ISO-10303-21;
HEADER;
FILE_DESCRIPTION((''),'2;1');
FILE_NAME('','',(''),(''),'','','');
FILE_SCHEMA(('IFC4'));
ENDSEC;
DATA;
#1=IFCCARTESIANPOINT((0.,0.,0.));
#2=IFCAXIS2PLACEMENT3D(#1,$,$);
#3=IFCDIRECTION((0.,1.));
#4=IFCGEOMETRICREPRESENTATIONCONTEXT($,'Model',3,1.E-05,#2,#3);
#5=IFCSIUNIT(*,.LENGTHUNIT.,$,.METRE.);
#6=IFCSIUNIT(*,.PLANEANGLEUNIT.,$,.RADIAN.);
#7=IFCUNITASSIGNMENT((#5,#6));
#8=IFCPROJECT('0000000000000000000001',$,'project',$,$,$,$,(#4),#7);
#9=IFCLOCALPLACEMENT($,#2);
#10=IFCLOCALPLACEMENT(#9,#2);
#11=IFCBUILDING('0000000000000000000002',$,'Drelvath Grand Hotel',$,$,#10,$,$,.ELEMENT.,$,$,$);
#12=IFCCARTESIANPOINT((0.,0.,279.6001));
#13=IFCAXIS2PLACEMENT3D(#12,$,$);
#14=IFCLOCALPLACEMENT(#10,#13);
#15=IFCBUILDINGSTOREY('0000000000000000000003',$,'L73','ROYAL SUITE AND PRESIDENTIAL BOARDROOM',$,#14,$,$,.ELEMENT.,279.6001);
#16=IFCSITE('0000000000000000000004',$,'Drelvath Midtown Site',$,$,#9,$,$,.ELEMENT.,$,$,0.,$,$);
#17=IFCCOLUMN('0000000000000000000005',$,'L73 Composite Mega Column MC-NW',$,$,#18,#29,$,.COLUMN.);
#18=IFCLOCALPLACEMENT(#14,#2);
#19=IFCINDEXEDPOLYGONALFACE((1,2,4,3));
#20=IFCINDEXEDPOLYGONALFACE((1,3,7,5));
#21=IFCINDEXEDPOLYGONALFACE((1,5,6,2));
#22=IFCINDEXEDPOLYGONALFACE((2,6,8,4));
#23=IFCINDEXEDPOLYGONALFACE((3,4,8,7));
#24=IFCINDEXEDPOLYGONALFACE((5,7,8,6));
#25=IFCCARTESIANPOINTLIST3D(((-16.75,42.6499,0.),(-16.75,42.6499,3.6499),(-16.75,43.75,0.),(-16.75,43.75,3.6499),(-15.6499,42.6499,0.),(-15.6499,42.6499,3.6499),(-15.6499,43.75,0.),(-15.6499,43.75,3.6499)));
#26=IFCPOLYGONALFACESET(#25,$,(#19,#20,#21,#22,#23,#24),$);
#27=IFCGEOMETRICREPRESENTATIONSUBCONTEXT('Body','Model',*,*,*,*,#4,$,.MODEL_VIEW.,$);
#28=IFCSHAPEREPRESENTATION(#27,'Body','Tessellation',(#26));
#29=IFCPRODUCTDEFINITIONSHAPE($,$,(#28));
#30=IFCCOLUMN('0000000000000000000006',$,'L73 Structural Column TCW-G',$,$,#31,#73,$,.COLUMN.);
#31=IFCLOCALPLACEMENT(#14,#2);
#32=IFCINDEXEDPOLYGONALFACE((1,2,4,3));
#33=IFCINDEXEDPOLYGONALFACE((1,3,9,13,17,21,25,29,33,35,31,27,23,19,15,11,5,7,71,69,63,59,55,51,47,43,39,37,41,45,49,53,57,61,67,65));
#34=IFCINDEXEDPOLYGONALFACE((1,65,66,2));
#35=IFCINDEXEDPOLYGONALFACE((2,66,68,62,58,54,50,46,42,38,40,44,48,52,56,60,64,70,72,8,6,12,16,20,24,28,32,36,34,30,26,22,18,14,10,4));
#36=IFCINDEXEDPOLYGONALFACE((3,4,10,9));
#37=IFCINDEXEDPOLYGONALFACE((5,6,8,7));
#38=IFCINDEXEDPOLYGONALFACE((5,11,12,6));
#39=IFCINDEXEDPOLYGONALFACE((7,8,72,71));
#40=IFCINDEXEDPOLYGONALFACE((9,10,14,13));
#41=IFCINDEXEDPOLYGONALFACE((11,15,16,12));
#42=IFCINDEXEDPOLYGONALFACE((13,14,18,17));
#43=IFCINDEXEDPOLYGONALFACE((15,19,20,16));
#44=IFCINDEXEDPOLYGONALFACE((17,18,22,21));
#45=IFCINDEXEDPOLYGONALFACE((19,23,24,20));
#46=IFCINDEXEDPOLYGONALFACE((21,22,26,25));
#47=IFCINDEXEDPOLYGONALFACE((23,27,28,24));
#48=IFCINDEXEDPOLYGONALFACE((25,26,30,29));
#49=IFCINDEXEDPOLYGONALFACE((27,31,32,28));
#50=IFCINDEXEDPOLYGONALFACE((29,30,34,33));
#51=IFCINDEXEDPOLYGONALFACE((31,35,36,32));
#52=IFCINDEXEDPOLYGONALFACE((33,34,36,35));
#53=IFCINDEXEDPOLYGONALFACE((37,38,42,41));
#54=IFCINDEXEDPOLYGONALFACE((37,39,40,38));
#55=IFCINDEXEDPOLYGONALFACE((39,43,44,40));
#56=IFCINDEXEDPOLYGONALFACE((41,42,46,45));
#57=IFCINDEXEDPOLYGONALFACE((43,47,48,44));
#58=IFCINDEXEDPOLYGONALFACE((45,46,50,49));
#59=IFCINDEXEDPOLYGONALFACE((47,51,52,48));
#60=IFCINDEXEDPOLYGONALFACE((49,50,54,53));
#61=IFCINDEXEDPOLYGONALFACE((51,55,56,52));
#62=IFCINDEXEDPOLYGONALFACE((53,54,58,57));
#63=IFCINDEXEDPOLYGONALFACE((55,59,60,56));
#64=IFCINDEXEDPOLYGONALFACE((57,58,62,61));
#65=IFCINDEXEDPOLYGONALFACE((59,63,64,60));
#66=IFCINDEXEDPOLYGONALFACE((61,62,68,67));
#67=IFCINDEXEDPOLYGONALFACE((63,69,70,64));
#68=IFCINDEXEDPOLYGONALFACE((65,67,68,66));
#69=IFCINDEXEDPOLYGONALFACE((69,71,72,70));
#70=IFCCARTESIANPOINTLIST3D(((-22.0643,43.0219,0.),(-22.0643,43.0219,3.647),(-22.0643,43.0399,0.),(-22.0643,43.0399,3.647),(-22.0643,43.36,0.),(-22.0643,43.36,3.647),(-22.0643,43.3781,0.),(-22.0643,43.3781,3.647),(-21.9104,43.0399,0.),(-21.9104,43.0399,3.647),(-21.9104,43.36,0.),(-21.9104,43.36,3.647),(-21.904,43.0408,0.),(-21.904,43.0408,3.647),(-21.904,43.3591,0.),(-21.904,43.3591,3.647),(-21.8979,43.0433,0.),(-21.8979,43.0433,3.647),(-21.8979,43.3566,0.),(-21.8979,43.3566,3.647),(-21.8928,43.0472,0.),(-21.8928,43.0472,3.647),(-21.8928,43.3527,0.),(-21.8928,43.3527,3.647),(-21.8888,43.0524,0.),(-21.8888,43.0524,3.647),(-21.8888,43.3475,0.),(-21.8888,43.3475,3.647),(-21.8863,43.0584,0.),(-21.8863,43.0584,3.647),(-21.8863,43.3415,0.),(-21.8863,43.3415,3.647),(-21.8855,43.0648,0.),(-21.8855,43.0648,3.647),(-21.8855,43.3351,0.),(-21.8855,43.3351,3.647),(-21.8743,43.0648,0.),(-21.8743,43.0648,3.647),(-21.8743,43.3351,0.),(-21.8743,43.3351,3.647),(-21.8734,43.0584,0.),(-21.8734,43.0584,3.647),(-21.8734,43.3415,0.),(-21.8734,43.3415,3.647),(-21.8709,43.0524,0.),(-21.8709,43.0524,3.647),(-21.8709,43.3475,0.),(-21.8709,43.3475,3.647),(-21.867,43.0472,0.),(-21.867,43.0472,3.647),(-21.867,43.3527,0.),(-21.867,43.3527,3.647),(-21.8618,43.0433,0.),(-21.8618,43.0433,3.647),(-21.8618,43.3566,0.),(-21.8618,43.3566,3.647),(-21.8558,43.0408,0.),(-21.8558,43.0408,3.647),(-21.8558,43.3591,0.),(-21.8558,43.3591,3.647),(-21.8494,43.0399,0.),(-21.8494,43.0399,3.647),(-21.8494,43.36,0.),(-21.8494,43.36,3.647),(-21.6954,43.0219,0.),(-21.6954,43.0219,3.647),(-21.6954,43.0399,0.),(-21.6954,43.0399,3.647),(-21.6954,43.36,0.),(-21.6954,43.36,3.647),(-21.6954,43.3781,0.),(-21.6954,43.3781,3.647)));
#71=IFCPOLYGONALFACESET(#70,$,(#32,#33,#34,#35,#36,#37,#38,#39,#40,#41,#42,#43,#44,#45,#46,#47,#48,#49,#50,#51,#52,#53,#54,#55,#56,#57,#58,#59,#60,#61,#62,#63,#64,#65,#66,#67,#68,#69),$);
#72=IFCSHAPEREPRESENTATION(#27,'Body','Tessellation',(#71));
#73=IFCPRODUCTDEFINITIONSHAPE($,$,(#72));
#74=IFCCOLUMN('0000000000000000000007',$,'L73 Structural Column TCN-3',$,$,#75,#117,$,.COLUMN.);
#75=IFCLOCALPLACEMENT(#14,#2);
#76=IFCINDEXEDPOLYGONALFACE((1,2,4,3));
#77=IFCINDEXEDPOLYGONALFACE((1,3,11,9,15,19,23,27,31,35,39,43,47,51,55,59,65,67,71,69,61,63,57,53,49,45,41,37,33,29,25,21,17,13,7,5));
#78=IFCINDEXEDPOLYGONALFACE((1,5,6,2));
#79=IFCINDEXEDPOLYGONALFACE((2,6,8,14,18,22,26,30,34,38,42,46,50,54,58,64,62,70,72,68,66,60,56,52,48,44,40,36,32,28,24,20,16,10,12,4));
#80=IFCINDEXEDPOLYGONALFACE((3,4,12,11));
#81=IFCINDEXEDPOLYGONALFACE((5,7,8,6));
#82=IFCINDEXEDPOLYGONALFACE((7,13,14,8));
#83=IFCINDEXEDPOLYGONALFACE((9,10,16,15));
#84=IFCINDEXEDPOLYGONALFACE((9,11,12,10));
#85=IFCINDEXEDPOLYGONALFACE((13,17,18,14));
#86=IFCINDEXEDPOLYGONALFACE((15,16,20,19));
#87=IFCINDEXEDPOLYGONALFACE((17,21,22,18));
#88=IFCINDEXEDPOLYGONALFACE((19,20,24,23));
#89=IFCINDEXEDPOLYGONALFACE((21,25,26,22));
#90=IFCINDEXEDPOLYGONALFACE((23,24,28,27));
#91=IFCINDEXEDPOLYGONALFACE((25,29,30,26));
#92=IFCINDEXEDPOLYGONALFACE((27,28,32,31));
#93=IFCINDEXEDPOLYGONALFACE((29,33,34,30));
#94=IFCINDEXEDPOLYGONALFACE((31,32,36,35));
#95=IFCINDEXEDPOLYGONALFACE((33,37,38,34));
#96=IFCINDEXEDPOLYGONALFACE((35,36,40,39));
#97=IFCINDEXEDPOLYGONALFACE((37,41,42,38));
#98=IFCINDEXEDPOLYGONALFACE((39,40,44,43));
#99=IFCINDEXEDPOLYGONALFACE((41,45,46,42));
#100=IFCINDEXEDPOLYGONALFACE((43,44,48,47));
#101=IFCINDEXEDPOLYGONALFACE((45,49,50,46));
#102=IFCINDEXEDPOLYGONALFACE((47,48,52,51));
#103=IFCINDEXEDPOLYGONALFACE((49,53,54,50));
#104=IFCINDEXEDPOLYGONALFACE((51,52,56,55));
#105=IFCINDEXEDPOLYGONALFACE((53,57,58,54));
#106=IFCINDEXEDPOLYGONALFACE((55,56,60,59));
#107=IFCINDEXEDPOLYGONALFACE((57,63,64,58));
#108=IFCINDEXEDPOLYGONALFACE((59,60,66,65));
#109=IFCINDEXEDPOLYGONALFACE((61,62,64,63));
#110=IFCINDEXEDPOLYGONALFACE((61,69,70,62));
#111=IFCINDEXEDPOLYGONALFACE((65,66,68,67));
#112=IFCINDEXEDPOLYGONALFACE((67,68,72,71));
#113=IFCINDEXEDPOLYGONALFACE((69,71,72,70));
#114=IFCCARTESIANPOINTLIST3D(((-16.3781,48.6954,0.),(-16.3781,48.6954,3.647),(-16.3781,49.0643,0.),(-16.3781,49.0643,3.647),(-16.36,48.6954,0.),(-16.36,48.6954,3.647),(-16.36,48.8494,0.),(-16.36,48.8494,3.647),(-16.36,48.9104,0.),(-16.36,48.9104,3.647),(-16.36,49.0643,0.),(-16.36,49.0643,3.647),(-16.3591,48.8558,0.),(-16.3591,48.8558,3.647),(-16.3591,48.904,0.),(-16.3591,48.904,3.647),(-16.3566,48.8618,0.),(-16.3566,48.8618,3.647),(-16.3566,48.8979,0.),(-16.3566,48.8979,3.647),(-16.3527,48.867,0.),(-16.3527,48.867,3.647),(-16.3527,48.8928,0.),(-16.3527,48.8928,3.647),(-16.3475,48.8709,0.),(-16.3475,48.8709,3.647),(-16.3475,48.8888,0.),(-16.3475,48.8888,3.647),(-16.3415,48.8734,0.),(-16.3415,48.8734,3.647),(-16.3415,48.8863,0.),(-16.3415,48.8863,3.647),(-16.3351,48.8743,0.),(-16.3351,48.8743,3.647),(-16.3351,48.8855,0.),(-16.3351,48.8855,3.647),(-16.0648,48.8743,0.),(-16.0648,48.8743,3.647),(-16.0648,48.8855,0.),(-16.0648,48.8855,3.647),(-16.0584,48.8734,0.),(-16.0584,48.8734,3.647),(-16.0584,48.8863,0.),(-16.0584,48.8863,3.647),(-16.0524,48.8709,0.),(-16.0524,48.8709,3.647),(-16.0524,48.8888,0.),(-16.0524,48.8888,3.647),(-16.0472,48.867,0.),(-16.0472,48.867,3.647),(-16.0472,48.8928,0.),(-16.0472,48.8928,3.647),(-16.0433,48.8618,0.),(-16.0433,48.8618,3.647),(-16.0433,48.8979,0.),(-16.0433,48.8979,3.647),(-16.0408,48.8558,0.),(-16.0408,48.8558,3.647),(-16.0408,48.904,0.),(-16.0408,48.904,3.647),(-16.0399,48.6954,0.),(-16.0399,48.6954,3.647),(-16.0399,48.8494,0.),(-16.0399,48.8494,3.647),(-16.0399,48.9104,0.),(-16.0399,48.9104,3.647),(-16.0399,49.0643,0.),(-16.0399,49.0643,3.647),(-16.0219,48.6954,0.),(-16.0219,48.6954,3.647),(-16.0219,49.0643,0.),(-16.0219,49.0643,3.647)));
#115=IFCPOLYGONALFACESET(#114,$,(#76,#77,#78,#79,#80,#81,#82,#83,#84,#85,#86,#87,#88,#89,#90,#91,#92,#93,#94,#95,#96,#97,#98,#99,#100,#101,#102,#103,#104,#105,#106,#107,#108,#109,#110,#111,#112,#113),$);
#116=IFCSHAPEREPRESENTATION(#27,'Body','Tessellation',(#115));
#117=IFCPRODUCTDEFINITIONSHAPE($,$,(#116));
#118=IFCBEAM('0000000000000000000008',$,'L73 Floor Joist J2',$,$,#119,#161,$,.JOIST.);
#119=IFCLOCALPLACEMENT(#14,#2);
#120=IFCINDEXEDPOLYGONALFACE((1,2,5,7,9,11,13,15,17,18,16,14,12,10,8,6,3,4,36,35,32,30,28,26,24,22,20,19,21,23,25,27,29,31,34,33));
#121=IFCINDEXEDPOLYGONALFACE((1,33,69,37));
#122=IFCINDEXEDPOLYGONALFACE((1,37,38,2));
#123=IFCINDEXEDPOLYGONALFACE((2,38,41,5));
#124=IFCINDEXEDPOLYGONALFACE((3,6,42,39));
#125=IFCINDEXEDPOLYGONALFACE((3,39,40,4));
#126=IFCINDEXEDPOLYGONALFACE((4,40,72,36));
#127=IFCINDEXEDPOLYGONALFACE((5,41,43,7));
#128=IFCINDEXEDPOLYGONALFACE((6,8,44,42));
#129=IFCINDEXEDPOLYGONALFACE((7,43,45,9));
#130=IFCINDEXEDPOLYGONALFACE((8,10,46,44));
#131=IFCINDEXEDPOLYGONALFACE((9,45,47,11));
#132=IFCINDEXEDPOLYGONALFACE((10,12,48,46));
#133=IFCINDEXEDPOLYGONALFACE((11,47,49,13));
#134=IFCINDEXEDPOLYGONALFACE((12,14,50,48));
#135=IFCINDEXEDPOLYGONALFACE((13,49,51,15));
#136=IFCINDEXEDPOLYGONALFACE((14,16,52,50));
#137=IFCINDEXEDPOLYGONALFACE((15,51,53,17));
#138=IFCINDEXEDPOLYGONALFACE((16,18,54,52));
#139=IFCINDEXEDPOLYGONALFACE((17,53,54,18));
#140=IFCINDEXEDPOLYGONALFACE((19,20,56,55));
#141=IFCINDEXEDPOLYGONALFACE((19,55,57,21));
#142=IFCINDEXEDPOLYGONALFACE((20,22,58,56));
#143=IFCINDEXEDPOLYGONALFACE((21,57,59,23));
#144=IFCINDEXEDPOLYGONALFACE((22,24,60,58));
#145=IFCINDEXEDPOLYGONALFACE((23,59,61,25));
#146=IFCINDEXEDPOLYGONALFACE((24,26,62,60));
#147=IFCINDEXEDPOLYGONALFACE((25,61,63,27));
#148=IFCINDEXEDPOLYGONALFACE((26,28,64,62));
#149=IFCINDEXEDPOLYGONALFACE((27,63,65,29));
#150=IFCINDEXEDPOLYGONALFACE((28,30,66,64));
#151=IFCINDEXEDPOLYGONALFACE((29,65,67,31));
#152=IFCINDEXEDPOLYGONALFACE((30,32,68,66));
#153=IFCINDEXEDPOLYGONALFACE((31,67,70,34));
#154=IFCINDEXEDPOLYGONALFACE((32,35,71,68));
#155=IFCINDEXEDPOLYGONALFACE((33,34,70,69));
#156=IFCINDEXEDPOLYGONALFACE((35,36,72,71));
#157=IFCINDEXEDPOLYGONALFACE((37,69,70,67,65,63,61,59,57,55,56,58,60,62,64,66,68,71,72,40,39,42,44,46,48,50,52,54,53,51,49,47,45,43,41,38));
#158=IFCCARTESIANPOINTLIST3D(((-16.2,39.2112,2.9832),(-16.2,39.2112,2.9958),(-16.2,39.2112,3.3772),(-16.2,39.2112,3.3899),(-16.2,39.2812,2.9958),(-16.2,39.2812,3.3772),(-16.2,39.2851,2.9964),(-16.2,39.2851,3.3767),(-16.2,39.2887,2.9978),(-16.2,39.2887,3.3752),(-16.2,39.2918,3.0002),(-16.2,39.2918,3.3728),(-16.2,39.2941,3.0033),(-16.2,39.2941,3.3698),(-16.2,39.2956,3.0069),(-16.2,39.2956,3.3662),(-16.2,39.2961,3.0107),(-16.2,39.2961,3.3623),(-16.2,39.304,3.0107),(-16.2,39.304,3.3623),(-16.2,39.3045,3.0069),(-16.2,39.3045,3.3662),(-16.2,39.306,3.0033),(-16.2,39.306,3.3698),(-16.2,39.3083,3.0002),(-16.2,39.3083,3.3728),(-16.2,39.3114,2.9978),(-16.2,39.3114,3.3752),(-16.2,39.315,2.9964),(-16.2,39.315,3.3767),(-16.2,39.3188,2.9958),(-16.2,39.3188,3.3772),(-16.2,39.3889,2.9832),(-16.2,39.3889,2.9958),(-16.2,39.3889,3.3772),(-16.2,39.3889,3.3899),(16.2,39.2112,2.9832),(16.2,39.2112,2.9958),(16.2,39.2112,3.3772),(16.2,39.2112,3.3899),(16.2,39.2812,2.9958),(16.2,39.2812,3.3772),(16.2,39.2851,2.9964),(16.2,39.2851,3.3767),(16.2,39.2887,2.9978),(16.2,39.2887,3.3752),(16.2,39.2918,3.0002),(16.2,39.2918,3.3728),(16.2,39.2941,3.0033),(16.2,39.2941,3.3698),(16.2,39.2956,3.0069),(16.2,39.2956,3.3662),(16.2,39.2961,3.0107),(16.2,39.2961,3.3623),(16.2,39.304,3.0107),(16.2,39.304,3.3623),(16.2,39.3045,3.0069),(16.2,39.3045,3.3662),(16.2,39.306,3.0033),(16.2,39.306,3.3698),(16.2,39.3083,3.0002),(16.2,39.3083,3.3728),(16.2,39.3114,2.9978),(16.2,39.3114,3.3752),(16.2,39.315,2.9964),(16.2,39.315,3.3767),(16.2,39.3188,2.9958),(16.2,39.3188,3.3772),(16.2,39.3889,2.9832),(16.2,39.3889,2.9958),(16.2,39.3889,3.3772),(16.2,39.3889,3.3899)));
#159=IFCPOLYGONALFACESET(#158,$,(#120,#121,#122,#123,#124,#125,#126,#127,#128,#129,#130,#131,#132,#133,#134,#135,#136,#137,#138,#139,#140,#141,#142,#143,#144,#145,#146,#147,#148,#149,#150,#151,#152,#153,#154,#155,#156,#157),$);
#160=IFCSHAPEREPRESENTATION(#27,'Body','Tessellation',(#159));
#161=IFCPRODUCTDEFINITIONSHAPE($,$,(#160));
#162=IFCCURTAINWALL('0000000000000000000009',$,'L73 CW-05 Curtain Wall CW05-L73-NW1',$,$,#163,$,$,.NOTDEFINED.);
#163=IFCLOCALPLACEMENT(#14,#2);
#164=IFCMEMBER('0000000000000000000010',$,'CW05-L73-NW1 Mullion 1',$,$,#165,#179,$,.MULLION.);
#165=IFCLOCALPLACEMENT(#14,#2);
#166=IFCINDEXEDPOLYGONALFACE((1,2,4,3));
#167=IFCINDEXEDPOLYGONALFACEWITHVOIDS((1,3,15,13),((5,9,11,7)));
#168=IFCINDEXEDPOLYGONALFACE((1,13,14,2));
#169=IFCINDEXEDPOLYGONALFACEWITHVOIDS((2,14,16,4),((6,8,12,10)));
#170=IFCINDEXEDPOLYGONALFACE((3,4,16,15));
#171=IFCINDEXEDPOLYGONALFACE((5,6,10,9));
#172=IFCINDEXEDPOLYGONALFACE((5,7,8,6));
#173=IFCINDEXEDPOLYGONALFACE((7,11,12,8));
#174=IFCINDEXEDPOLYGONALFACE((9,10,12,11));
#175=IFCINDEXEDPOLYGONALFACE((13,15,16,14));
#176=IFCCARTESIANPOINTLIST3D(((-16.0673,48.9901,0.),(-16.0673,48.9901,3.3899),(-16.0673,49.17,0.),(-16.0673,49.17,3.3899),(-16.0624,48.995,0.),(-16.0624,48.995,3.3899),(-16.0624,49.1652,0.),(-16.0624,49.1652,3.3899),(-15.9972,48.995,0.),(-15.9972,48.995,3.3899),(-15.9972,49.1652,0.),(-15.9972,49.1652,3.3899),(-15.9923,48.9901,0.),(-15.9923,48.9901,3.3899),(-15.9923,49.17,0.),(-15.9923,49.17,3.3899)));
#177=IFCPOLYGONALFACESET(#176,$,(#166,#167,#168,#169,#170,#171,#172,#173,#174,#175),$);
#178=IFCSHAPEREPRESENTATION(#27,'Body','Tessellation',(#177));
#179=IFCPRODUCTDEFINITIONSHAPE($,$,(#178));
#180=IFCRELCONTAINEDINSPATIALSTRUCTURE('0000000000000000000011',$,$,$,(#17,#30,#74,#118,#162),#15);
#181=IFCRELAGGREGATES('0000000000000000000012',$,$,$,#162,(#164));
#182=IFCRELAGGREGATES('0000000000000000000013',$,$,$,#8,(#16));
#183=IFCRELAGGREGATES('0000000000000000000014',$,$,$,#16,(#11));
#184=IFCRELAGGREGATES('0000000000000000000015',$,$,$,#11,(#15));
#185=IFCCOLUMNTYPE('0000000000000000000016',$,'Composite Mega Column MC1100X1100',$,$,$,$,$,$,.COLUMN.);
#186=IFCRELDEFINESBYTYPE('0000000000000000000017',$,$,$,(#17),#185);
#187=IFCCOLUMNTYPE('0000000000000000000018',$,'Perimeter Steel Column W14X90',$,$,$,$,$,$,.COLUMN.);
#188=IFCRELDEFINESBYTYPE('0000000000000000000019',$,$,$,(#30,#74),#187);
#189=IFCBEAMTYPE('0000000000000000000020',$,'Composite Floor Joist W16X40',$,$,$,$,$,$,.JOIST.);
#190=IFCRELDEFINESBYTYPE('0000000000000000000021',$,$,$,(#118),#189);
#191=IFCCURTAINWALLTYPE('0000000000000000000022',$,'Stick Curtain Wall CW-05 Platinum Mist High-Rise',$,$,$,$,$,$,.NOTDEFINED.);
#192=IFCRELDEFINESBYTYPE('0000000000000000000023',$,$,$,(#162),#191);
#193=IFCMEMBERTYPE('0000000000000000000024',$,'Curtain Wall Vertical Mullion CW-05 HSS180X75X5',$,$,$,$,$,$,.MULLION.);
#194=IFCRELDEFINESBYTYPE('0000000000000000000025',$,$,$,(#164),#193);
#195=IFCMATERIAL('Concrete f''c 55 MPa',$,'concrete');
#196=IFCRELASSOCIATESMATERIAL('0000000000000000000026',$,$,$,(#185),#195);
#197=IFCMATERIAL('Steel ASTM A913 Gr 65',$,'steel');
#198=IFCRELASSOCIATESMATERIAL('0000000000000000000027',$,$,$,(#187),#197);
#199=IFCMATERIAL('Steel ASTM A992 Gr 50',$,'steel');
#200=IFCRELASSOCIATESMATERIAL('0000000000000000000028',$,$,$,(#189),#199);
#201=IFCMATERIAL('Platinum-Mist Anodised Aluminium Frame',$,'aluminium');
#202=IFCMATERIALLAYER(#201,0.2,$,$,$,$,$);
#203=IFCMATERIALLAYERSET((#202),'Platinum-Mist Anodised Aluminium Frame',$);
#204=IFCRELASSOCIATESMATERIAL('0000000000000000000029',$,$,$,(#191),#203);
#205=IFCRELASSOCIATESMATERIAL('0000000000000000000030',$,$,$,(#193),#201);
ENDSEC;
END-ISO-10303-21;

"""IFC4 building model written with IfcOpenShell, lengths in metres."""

from ifc_helpers import new_model, si_unit, direction, frame, origin, origin_2d, place, context, subcontext, project, spatial, rectangle, hollow_rectangle, i_section, extrude, material, layer, layer_set, material_profile, profile_set, type_object, element, aggregate, save


model = new_model("IFC4")

# Units and contexts
model_context = context("Model", 3, precision=1e-05, world=origin(), true_north=direction((0.0, 1.0)))
body_context = subcontext(model_context, "Body", "Model", "MODEL_VIEW")
ifc_project = project(units=[si_unit("LENGTHUNIT", "METRE"), si_unit("PLANEANGLEUNIT", "RADIAN")], contexts=[model_context])

# Site, building, storey
site_placement = place(None, origin())
site = spatial("IfcSite", under=ifc_project, at=site_placement, Name="Drelvath Midtown Site", CompositionType="ELEMENT", RefElevation=0.0)
building_placement = place(site_placement, origin())
building = spatial("IfcBuilding", under=site, at=building_placement, Name="Drelvath Grand Hotel", CompositionType="ELEMENT")
storey_placement = place(building_placement, frame((0.0, 0.0, 279.6001)))
storey = spatial("IfcBuildingStorey", under=building, at=storey_placement, Name="L73", Description="ROYAL SUITE AND PRESIDENTIAL BOARDROOM", CompositionType="ELEMENT", Elevation=279.6001)

# Columns
ifc_material_1 = material(Name="Concrete f'c 55 MPa", Category="concrete")
ifc_material_profile_1 = material_profile(ifc_material_1, rectangle(XDim=1.1001, YDim=1.1001, at=origin_2d()), Name="MC1100X1100")
ifc_profile_set_1 = profile_set([ifc_material_profile_1], Name="Concrete f'c 55 MPa")
column_type_1 = type_object("IfcColumnType", Name="Composite Mega Column MC1100X1100", PredefinedType="COLUMN", material=ifc_profile_set_1)
column_placement = place(storey_placement, frame((-16.2, 43.2, 0.0), z_axis=(0.0, 0.0, 1.0), x_axis=(1.0, 0.0, 0.0)))
element("IfcColumn", 1, at=column_placement, inside=storey, type_object=column_type_1, Name="L73 Composite Mega Column MC-NW", PredefinedType="COLUMN", context=body_context, shape_type="SweptSolid", body=[
    extrude(rectangle(XDim=1.1001, YDim=1.1001, at=origin_2d()), origin(), (0.0, 0.0, 1.0), 3.6499),
])
ifc_material_2 = material(Name="Steel ASTM A913 Gr 65", Category="steel")
ifc_material_profile_2 = material_profile(ifc_material_2, i_section(OverallWidth=0.3689, OverallDepth=0.3562, WebThickness=0.0112, FlangeThickness=0.0181, FilletRadius=0.0249, at=origin_2d()), Name="W14X90")
ifc_profile_set_2 = profile_set([ifc_material_profile_2], Name="Steel ASTM A913 Gr 65")
column_type_2 = type_object("IfcColumnType", Name="Perimeter Steel Column W14X90", PredefinedType="COLUMN", material=ifc_profile_set_2)
for number, where, z_axis, x_axis, name in (
    (2, (-21.8799, 43.2, 0.0), (0.0, 0.0, 1.0), (1.0, 0.0, 0.0), "L73 Structural Column TCW-G"),
    (3, (-16.2, 48.8799, 0.0), (0.0, 0.0, 1.0), (0.0, 1.0, 0.0), "L73 Structural Column TCN-3"),
):
    element("IfcColumn", number, at=place(storey_placement, frame(where, z_axis=z_axis, x_axis=x_axis)), inside=storey, type_object=column_type_2, Name=name, PredefinedType="COLUMN", context=body_context, shape_type="SweptSolid", body=[
        extrude(i_section(OverallWidth=0.3689, OverallDepth=0.3562, WebThickness=0.0112, FlangeThickness=0.0181, FilletRadius=0.0249, at=origin_2d()), origin(), (0.0, 0.0, 1.0), 3.647),
    ])

# Beam
ifc_material_3 = material(Name="Steel ASTM A992 Gr 50", Category="steel")
ifc_material_profile_3 = material_profile(ifc_material_3, i_section(OverallWidth=0.1777, OverallDepth=0.4067, WebThickness=0.0078, FlangeThickness=0.0127, FilletRadius=0.0149, at=origin_2d()), Name="W16X40")
ifc_profile_set_3 = profile_set([ifc_material_profile_3], Name="Steel ASTM A992 Gr 50")
beam_type_1 = type_object("IfcBeamType", Name="Composite Floor Joist W16X40", PredefinedType="JOIST", material=ifc_profile_set_3)
beam_1_placement = place(storey_placement, frame((-16.2, 39.3, 3.1865), z_axis=(1.0, 0.0, 0.0), x_axis=(0.0, 1.0, 0.0)))
element("IfcBeam", 4, at=beam_1_placement, inside=storey, type_object=beam_type_1, Name="L73 Floor Joist J2", PredefinedType="JOIST", context=body_context, shape_type="SweptSolid", body=[
    extrude(i_section(OverallWidth=0.1777, OverallDepth=0.4067, WebThickness=0.0078, FlangeThickness=0.0127, FilletRadius=0.0149, at=origin_2d()), origin(), (0.0, 0.0, 1.0), 32.3999),
])

# Curtain wall, member
ifc_material_4 = material(Name="Platinum-Mist Anodised Aluminium Frame", Category="aluminium")
ifc_layer_1 = layer(ifc_material_4, 0.2)
ifc_layer_set_1 = layer_set([ifc_layer_1], Name="Platinum-Mist Anodised Aluminium Frame")
curtain_wall_type = type_object("IfcCurtainWallType", Name="Stick Curtain Wall CW-05 Platinum Mist High-Rise", PredefinedType="NOTDEFINED", material=ifc_layer_set_1)
curtain_wall_placement = place(storey_placement, origin())
curtain_wall = element("IfcCurtainWall", 5, at=curtain_wall_placement, inside=storey, type_object=curtain_wall_type, Name="L73 CW-05 Curtain Wall CW05-L73-NW1", PredefinedType="NOTDEFINED")
ifc_material_profile_4 = material_profile(ifc_material_4, hollow_rectangle(XDim=0.075, YDim=0.1799, WallThickness=0.0049, at=origin_2d()), Name="HSS180X75X5")
ifc_profile_set_4 = profile_set([ifc_material_profile_4], Name="Platinum-Mist Anodised Aluminium Frame")
member_type = type_object("IfcMemberType", Name="Curtain Wall Vertical Mullion CW-05 HSS180X75X5", PredefinedType="MULLION", material=ifc_profile_set_4)
member_placement = place(storey_placement, frame((-16.0298, 49.0801, 0.0), z_axis=(0.0, 0.0, 1.0), x_axis=(1.0, 0.0, 0.0)))
member = element("IfcMember", 6, at=member_placement, type_object=member_type, Name="CW05-L73-NW1 Mullion 1", PredefinedType="MULLION", context=body_context, shape_type="SweptSolid", body=[
    extrude(hollow_rectangle(XDim=0.075, YDim=0.1799, WallThickness=0.0049, at=origin_2d()), origin(), (0.0, 0.0, 1.0), 3.3899),
])
aggregate(curtain_wall, [member])

save(model, "model.ifc")
